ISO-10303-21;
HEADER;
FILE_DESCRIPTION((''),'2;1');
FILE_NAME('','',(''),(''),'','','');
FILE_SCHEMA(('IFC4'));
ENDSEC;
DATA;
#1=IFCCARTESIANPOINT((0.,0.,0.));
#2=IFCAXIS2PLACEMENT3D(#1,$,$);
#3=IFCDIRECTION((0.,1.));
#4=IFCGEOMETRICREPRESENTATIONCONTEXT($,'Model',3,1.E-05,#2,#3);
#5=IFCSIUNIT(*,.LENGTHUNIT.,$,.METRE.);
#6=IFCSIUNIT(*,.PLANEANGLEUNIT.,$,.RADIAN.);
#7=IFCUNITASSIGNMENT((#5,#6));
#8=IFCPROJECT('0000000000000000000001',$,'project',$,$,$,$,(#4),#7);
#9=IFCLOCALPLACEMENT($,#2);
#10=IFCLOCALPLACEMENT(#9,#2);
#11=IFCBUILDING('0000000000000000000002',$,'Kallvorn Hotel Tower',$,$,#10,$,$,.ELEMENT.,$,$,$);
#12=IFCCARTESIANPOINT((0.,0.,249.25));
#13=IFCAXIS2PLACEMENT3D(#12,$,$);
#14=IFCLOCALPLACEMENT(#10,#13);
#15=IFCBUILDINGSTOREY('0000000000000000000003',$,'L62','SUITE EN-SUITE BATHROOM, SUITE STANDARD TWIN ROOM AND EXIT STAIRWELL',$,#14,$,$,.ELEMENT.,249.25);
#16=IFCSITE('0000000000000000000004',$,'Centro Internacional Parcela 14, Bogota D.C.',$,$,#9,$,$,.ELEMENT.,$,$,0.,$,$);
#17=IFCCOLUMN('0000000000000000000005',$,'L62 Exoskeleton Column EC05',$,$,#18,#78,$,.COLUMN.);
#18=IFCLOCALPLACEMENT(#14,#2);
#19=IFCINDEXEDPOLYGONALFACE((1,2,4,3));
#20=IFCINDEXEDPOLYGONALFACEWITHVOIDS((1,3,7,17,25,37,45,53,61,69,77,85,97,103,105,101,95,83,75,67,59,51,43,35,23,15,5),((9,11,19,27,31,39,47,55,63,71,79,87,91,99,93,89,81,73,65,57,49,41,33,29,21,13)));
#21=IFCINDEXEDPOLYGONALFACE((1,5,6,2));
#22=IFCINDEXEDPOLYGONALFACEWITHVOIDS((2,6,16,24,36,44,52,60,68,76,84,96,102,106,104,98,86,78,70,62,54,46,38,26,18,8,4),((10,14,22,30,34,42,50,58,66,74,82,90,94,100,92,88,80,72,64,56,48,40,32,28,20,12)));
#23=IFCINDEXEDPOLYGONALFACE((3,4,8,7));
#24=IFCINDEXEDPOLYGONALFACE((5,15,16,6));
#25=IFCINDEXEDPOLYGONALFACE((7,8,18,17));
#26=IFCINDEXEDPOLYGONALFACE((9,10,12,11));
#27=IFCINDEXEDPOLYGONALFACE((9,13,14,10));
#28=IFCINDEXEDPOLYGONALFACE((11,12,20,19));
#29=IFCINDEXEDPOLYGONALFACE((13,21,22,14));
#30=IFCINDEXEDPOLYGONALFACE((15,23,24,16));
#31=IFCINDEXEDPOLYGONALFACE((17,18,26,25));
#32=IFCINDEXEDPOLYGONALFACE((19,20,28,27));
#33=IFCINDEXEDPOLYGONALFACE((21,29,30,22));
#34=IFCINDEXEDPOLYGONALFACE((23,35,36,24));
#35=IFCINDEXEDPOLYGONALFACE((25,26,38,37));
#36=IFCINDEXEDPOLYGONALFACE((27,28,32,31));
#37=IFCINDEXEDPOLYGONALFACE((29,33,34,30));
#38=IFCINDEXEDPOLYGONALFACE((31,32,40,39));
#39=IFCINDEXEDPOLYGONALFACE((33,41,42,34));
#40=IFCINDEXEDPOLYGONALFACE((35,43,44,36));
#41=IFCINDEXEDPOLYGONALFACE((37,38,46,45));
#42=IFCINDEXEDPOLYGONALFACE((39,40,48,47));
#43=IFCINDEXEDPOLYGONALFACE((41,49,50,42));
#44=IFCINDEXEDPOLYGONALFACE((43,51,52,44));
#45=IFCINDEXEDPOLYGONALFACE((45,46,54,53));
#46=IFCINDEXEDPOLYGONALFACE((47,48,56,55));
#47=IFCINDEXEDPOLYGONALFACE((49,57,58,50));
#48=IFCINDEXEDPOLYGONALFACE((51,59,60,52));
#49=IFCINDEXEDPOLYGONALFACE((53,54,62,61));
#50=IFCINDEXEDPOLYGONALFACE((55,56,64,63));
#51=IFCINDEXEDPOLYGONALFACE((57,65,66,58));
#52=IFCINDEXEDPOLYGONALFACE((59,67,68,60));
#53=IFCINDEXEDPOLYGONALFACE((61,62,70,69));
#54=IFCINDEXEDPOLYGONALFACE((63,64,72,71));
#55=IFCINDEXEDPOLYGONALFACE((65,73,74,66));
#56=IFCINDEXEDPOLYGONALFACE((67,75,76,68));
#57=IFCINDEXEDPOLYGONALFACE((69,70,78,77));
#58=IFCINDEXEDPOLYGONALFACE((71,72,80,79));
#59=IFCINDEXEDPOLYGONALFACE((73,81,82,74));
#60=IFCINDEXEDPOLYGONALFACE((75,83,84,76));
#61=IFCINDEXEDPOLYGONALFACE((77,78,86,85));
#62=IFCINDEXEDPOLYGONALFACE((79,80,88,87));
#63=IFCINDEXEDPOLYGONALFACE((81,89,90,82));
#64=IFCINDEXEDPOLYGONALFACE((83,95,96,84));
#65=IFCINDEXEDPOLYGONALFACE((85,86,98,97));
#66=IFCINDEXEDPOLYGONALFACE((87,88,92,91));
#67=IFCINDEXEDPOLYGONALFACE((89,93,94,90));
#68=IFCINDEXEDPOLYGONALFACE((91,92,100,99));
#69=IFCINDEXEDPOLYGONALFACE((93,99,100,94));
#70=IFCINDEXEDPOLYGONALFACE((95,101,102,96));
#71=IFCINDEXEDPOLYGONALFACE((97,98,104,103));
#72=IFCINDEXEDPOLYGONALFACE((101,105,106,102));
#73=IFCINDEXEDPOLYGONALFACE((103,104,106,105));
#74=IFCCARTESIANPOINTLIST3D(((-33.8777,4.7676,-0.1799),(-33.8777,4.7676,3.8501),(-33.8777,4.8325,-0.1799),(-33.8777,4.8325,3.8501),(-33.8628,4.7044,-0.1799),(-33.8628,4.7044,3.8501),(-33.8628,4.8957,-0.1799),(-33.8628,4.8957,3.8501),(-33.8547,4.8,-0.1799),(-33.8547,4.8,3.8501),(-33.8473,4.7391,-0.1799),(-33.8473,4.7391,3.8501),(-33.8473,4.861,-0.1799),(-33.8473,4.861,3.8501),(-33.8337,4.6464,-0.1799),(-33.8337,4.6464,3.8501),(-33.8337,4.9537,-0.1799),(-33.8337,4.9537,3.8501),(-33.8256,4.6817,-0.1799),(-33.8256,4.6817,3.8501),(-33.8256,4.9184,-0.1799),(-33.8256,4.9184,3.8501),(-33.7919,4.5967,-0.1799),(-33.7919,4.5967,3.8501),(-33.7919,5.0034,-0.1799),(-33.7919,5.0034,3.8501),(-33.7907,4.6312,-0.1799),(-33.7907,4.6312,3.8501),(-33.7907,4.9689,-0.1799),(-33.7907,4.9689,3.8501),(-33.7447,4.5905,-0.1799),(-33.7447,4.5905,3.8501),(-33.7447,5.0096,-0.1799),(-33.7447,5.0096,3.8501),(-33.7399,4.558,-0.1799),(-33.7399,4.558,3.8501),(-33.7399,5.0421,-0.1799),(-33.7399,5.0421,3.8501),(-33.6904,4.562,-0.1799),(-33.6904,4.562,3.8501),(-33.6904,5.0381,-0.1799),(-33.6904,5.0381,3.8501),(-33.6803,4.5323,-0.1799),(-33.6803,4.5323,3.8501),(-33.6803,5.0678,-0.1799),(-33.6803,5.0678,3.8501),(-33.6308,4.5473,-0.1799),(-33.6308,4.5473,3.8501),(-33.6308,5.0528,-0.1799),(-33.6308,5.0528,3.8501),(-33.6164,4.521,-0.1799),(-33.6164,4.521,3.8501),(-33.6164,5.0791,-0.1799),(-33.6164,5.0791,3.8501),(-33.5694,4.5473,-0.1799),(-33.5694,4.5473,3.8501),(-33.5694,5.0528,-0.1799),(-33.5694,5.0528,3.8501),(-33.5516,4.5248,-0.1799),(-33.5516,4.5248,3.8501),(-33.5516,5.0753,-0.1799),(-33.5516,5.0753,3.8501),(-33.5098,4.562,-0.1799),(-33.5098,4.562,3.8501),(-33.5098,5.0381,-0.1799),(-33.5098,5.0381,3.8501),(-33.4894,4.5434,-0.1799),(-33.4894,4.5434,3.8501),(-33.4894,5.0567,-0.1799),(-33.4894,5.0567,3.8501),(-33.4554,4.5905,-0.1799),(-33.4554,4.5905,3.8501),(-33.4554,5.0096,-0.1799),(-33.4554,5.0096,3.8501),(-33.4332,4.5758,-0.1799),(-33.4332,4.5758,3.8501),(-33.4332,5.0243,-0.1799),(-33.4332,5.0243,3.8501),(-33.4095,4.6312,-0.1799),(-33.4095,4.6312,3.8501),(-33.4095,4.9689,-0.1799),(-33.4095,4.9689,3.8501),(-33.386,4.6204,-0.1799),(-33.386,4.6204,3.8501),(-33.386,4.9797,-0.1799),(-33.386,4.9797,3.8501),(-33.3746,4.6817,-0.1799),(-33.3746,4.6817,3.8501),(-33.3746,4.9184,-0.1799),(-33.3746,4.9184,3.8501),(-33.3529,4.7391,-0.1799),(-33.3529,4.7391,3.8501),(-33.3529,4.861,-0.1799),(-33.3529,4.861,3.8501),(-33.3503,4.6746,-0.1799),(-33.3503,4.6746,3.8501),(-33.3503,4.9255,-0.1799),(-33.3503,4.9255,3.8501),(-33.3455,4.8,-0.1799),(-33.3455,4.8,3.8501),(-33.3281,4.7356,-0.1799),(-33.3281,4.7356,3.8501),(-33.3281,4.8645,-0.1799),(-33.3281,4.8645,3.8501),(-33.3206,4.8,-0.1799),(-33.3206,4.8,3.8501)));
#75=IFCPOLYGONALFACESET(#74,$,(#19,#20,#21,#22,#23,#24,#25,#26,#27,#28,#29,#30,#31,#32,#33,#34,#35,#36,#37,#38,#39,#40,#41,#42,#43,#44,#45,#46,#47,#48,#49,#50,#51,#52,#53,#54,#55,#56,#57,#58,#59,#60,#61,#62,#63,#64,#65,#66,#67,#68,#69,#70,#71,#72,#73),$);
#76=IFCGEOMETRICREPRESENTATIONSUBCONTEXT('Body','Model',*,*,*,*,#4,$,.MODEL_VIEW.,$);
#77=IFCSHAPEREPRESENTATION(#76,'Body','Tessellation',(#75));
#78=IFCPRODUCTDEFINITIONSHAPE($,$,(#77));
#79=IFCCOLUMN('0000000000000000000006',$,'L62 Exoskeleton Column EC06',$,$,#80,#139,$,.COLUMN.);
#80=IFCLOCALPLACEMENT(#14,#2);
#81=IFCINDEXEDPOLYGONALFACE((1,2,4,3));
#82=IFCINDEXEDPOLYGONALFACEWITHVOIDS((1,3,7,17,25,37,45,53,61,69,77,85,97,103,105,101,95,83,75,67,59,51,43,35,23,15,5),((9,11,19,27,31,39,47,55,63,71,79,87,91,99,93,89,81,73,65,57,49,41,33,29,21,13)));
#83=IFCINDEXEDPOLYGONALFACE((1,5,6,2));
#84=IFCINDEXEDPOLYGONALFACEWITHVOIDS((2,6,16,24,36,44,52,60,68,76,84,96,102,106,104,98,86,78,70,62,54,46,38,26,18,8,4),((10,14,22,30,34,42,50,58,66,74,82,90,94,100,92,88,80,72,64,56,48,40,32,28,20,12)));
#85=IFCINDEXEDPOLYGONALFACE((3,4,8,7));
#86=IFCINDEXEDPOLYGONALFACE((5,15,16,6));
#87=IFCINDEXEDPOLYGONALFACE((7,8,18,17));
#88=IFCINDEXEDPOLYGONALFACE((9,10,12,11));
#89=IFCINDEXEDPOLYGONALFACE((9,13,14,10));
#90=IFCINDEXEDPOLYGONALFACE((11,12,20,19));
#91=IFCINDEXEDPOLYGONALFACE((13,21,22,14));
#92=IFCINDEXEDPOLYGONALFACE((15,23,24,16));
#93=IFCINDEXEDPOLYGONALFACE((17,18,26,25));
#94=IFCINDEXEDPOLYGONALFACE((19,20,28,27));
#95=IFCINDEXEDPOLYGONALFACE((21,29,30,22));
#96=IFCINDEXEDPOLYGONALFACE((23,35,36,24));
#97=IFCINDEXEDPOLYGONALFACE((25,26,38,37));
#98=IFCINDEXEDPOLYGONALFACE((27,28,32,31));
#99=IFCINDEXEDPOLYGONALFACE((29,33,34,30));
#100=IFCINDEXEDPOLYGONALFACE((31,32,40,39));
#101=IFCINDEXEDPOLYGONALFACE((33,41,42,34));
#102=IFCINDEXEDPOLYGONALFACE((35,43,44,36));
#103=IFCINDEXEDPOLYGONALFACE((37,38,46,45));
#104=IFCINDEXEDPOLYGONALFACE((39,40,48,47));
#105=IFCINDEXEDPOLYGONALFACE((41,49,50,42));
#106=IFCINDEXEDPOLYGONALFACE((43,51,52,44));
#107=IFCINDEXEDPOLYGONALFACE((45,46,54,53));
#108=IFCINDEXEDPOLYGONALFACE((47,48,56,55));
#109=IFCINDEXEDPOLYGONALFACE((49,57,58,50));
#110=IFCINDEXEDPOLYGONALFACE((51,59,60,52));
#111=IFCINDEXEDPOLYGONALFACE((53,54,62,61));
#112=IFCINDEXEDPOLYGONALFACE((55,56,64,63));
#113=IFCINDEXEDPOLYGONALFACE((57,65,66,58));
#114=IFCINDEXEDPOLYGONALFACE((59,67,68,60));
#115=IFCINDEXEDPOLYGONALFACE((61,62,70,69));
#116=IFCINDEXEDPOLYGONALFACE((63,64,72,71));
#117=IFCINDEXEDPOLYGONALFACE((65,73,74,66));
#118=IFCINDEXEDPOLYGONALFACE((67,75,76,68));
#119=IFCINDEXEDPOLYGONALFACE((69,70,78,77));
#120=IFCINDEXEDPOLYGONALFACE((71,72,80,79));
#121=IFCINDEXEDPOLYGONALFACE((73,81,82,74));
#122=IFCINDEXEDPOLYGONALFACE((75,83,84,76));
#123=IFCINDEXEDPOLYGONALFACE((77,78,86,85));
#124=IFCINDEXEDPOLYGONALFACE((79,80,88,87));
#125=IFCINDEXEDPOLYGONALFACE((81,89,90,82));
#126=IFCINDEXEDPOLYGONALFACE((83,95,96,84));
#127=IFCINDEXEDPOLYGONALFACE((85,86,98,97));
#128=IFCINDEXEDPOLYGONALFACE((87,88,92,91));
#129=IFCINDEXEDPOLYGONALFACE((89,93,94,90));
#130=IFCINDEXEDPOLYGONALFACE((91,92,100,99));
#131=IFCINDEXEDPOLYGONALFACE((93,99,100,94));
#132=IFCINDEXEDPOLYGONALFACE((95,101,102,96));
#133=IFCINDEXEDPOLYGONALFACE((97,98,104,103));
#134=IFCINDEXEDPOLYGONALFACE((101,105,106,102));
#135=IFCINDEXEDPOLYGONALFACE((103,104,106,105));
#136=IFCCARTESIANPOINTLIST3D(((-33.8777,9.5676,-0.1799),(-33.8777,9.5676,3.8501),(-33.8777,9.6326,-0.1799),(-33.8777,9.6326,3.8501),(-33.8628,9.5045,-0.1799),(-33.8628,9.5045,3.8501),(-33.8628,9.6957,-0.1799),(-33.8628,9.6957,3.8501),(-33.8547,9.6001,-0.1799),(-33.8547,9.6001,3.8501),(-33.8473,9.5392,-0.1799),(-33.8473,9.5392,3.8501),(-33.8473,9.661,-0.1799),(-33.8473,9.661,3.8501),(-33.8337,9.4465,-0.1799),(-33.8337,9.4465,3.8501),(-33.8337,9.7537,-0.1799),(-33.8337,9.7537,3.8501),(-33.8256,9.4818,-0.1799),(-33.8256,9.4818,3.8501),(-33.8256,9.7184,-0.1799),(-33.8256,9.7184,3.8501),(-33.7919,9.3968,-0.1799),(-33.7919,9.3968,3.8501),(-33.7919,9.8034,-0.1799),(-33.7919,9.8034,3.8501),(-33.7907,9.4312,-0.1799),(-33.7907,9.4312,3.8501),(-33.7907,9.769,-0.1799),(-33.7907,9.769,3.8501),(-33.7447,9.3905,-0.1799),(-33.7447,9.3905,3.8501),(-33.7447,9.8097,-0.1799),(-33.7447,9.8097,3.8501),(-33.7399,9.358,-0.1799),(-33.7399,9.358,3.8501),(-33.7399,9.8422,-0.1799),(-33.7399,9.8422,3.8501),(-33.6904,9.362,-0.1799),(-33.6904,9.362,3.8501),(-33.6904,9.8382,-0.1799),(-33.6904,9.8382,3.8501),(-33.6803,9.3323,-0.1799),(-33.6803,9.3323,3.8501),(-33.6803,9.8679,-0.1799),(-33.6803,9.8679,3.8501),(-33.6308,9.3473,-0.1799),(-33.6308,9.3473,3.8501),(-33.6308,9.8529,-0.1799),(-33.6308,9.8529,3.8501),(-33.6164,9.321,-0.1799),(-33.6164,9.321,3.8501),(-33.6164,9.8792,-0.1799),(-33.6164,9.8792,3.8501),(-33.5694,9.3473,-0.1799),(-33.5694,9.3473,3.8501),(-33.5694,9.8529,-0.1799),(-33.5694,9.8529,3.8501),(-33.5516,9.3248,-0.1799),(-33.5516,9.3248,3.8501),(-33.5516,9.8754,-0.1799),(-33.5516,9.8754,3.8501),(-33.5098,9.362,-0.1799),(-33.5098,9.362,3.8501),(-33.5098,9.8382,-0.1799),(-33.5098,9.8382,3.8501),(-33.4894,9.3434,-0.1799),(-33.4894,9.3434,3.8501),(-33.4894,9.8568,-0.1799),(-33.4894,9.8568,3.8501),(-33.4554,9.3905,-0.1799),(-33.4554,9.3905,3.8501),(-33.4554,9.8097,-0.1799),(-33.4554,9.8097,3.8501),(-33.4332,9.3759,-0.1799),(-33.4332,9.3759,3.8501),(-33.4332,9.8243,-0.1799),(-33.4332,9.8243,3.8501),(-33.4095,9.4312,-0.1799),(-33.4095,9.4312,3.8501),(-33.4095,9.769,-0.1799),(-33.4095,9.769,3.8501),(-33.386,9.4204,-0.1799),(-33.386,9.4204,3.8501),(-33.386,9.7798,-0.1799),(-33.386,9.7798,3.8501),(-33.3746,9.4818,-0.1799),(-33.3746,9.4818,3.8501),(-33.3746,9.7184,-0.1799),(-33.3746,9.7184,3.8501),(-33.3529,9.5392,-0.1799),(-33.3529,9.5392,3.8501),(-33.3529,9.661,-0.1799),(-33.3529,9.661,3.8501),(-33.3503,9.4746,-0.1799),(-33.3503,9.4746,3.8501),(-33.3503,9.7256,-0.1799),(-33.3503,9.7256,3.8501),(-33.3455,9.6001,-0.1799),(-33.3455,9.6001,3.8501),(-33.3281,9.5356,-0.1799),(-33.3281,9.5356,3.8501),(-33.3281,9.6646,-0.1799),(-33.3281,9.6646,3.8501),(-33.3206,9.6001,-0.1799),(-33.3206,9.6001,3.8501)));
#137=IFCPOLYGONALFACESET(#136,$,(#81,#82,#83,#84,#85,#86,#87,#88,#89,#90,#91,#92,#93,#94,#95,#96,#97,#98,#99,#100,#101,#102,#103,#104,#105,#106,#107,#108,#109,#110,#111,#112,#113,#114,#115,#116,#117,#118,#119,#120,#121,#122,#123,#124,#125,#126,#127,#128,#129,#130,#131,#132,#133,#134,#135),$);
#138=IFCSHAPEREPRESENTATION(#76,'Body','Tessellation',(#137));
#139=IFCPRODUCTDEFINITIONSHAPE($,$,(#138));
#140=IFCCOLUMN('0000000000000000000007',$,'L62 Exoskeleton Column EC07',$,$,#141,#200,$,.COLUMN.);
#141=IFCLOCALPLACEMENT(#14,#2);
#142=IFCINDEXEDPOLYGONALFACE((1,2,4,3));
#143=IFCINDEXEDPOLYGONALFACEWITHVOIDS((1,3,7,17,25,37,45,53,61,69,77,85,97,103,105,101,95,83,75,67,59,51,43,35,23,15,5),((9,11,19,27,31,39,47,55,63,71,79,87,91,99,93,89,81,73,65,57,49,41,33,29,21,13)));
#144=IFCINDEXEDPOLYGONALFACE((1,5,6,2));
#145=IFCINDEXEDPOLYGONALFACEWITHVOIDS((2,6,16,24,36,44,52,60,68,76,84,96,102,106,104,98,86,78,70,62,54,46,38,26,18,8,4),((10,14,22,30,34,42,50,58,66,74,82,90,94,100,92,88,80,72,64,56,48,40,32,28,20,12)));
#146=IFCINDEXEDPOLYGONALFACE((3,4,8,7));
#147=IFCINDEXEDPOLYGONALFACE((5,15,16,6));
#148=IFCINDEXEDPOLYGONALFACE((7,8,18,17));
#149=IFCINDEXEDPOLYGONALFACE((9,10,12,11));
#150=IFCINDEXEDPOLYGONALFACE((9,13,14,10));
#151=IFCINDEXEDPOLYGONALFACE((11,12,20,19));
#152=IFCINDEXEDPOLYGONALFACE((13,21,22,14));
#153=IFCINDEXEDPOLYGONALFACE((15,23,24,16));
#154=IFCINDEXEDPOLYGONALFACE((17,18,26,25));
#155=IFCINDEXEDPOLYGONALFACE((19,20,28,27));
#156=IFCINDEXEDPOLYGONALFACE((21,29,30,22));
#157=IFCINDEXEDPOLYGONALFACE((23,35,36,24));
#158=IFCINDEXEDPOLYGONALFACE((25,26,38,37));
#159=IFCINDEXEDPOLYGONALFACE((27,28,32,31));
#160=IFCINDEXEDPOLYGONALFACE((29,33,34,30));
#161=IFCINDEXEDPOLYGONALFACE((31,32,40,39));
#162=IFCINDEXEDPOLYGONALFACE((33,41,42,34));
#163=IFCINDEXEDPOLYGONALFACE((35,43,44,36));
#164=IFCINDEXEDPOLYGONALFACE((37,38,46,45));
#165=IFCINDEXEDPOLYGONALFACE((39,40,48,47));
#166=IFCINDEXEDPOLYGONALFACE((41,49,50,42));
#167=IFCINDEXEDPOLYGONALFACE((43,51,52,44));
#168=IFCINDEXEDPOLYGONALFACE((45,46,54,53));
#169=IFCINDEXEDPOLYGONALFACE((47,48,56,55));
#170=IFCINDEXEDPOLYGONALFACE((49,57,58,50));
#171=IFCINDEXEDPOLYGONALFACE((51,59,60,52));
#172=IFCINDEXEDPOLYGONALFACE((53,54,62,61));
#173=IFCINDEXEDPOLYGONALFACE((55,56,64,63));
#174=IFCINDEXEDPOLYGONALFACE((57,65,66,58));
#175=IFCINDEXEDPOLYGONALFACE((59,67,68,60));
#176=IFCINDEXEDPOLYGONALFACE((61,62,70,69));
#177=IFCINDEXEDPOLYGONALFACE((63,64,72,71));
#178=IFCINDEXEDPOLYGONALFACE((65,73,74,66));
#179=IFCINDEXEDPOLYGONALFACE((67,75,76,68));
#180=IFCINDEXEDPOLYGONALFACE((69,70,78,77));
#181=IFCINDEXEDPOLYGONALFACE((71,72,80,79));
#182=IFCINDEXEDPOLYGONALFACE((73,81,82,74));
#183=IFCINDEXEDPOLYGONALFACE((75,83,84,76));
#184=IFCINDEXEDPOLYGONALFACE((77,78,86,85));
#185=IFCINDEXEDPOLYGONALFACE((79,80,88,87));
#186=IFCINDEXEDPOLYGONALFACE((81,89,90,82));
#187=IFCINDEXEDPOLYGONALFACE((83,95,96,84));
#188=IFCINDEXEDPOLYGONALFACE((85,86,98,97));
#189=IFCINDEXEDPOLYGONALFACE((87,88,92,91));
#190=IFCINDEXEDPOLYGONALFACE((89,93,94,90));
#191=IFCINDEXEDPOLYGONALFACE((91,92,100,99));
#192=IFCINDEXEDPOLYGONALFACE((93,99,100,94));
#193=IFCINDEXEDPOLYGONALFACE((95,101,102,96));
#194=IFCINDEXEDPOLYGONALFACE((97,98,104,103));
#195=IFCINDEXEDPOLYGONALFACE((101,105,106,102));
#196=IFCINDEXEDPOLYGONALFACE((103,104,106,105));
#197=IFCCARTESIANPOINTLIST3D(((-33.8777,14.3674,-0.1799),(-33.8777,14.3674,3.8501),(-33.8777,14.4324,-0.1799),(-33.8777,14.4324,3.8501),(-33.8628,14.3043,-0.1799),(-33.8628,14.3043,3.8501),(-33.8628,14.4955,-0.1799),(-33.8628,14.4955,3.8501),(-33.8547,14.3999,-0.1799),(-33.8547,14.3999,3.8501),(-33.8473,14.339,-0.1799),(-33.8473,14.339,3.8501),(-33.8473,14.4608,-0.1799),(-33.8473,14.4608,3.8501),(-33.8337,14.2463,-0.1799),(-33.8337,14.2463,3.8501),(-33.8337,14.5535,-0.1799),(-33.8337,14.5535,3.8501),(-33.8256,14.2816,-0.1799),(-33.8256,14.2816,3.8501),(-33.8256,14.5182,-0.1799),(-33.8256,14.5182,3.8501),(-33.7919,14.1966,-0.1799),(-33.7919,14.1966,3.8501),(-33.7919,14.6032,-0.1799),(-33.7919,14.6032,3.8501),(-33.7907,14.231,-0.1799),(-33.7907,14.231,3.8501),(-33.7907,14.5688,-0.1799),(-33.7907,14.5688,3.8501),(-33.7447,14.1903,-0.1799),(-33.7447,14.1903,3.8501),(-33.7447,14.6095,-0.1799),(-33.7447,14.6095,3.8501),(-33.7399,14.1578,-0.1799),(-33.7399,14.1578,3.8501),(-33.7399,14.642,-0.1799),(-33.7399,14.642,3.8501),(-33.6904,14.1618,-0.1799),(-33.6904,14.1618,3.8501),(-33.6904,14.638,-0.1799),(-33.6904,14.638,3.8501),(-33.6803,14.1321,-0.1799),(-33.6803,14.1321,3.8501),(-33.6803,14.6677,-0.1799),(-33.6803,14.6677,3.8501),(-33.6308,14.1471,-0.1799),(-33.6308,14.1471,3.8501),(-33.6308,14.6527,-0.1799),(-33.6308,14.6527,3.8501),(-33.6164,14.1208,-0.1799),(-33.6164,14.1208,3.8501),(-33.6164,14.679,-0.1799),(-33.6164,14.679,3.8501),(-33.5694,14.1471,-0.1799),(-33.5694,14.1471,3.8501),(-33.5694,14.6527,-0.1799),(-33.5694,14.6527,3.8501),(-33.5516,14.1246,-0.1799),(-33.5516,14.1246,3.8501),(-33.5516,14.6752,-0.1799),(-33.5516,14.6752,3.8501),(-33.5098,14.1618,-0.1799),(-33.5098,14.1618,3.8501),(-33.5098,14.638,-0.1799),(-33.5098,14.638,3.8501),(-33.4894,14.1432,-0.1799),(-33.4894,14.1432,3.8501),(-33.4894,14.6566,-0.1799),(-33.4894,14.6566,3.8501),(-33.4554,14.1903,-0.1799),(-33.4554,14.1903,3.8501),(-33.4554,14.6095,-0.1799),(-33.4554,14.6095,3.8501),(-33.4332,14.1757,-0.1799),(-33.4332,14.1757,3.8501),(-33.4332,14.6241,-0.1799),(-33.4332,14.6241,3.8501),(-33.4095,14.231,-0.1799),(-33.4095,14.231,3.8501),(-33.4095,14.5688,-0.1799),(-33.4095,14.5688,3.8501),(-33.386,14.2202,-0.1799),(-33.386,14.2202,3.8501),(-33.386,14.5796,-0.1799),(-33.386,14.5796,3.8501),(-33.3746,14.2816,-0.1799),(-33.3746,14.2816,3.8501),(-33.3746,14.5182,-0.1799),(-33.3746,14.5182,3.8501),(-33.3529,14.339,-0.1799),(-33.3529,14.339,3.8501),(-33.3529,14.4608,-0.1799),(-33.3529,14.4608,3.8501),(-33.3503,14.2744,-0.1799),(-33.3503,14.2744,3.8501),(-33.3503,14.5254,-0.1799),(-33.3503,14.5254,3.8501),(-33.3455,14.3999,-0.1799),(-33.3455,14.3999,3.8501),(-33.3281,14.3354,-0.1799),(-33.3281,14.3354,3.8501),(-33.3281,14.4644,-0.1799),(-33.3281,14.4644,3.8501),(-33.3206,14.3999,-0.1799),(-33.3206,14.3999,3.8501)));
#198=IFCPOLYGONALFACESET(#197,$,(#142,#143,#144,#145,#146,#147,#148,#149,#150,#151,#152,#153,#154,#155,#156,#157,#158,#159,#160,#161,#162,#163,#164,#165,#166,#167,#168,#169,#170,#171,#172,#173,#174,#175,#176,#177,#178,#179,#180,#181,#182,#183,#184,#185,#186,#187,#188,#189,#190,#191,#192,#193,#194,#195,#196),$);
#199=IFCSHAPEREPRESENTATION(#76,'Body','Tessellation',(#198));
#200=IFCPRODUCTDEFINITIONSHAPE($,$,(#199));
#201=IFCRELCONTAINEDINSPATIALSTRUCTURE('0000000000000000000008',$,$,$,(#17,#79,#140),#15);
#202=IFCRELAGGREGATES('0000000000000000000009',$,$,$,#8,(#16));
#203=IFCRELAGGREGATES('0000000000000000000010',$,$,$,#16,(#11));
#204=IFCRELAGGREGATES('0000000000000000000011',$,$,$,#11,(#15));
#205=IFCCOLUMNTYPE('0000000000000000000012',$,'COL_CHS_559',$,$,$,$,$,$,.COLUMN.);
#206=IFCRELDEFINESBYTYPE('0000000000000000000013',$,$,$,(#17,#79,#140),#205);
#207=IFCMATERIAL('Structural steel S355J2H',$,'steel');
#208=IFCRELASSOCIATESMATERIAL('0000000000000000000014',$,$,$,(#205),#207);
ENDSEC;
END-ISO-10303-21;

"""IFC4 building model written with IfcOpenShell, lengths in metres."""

from ifc_helpers import new_model, si_unit, direction, frame, origin, origin_2d, place, context, subcontext, project, spatial, hollow_circle, extrude, material, material_profile, profile_set, type_object, element, save


model = new_model("IFC4")

# Units and contexts
model_context = context("Model", 3, precision=1e-05, world=origin(), true_north=direction((0.0, 1.0)))
body_context = subcontext(model_context, "Body", "Model", "MODEL_VIEW")
ifc_project = project(units=[si_unit("LENGTHUNIT", "METRE"), si_unit("PLANEANGLEUNIT", "RADIAN")], contexts=[model_context])

# Site, building, storey
site_placement = place(None, origin())
site = spatial("IfcSite", under=ifc_project, at=site_placement, Name="Centro Internacional Parcela 14, Bogota D.C.", CompositionType="ELEMENT", RefElevation=0.0)
building_placement = place(site_placement, origin())
building = spatial("IfcBuilding", under=site, at=building_placement, Name="Kallvorn Hotel Tower", CompositionType="ELEMENT")
storey_placement = place(building_placement, frame((0.0, 0.0, 249.25)))
storey = spatial("IfcBuildingStorey", under=building, at=storey_placement, Name="L62", Description="SUITE EN-SUITE BATHROOM, SUITE STANDARD TWIN ROOM AND EXIT STAIRWELL", CompositionType="ELEMENT", Elevation=249.25)

# Columns
ifc_material_1 = material(Name="Structural steel S355J2H", Category="steel")
ifc_material_profile_1 = material_profile(ifc_material_1, hollow_circle(Radius=0.2795, WallThickness=0.0249, at=origin_2d()), Name="CHS 559x25")
ifc_profile_set_1 = profile_set([ifc_material_profile_1], Name="Structural steel S355J2H")
column_type = type_object("IfcColumnType", Name="COL_CHS_559", PredefinedType="COLUMN", material=ifc_profile_set_1)
for number, where, z_axis, x_axis, name in (
    (1, (-33.6001, 4.8, -0.1799), (0.0, 0.0, 1.0), (1.0, 0.0, 0.0), "L62 Exoskeleton Column EC05"),
    (2, (-33.6001, 9.6001, -0.1799), (0.0, 0.0, 1.0), (1.0, 0.0, 0.0), "L62 Exoskeleton Column EC06"),
    (3, (-33.6001, 14.3999, -0.1799), (0.0, 0.0, 1.0), (1.0, 0.0, 0.0), "L62 Exoskeleton Column EC07"),
):
    element("IfcColumn", number, at=place(storey_placement, frame(where, z_axis=z_axis, x_axis=x_axis)), inside=storey, type_object=column_type, Name=name, PredefinedType="COLUMN", context=body_context, shape_type="SweptSolid", body=[
        extrude(hollow_circle(Radius=0.2795, WallThickness=0.0249, at=origin_2d()), origin(), (0.0, 0.0, 1.0), 4.03),
    ])

save(model, "model.ifc")
